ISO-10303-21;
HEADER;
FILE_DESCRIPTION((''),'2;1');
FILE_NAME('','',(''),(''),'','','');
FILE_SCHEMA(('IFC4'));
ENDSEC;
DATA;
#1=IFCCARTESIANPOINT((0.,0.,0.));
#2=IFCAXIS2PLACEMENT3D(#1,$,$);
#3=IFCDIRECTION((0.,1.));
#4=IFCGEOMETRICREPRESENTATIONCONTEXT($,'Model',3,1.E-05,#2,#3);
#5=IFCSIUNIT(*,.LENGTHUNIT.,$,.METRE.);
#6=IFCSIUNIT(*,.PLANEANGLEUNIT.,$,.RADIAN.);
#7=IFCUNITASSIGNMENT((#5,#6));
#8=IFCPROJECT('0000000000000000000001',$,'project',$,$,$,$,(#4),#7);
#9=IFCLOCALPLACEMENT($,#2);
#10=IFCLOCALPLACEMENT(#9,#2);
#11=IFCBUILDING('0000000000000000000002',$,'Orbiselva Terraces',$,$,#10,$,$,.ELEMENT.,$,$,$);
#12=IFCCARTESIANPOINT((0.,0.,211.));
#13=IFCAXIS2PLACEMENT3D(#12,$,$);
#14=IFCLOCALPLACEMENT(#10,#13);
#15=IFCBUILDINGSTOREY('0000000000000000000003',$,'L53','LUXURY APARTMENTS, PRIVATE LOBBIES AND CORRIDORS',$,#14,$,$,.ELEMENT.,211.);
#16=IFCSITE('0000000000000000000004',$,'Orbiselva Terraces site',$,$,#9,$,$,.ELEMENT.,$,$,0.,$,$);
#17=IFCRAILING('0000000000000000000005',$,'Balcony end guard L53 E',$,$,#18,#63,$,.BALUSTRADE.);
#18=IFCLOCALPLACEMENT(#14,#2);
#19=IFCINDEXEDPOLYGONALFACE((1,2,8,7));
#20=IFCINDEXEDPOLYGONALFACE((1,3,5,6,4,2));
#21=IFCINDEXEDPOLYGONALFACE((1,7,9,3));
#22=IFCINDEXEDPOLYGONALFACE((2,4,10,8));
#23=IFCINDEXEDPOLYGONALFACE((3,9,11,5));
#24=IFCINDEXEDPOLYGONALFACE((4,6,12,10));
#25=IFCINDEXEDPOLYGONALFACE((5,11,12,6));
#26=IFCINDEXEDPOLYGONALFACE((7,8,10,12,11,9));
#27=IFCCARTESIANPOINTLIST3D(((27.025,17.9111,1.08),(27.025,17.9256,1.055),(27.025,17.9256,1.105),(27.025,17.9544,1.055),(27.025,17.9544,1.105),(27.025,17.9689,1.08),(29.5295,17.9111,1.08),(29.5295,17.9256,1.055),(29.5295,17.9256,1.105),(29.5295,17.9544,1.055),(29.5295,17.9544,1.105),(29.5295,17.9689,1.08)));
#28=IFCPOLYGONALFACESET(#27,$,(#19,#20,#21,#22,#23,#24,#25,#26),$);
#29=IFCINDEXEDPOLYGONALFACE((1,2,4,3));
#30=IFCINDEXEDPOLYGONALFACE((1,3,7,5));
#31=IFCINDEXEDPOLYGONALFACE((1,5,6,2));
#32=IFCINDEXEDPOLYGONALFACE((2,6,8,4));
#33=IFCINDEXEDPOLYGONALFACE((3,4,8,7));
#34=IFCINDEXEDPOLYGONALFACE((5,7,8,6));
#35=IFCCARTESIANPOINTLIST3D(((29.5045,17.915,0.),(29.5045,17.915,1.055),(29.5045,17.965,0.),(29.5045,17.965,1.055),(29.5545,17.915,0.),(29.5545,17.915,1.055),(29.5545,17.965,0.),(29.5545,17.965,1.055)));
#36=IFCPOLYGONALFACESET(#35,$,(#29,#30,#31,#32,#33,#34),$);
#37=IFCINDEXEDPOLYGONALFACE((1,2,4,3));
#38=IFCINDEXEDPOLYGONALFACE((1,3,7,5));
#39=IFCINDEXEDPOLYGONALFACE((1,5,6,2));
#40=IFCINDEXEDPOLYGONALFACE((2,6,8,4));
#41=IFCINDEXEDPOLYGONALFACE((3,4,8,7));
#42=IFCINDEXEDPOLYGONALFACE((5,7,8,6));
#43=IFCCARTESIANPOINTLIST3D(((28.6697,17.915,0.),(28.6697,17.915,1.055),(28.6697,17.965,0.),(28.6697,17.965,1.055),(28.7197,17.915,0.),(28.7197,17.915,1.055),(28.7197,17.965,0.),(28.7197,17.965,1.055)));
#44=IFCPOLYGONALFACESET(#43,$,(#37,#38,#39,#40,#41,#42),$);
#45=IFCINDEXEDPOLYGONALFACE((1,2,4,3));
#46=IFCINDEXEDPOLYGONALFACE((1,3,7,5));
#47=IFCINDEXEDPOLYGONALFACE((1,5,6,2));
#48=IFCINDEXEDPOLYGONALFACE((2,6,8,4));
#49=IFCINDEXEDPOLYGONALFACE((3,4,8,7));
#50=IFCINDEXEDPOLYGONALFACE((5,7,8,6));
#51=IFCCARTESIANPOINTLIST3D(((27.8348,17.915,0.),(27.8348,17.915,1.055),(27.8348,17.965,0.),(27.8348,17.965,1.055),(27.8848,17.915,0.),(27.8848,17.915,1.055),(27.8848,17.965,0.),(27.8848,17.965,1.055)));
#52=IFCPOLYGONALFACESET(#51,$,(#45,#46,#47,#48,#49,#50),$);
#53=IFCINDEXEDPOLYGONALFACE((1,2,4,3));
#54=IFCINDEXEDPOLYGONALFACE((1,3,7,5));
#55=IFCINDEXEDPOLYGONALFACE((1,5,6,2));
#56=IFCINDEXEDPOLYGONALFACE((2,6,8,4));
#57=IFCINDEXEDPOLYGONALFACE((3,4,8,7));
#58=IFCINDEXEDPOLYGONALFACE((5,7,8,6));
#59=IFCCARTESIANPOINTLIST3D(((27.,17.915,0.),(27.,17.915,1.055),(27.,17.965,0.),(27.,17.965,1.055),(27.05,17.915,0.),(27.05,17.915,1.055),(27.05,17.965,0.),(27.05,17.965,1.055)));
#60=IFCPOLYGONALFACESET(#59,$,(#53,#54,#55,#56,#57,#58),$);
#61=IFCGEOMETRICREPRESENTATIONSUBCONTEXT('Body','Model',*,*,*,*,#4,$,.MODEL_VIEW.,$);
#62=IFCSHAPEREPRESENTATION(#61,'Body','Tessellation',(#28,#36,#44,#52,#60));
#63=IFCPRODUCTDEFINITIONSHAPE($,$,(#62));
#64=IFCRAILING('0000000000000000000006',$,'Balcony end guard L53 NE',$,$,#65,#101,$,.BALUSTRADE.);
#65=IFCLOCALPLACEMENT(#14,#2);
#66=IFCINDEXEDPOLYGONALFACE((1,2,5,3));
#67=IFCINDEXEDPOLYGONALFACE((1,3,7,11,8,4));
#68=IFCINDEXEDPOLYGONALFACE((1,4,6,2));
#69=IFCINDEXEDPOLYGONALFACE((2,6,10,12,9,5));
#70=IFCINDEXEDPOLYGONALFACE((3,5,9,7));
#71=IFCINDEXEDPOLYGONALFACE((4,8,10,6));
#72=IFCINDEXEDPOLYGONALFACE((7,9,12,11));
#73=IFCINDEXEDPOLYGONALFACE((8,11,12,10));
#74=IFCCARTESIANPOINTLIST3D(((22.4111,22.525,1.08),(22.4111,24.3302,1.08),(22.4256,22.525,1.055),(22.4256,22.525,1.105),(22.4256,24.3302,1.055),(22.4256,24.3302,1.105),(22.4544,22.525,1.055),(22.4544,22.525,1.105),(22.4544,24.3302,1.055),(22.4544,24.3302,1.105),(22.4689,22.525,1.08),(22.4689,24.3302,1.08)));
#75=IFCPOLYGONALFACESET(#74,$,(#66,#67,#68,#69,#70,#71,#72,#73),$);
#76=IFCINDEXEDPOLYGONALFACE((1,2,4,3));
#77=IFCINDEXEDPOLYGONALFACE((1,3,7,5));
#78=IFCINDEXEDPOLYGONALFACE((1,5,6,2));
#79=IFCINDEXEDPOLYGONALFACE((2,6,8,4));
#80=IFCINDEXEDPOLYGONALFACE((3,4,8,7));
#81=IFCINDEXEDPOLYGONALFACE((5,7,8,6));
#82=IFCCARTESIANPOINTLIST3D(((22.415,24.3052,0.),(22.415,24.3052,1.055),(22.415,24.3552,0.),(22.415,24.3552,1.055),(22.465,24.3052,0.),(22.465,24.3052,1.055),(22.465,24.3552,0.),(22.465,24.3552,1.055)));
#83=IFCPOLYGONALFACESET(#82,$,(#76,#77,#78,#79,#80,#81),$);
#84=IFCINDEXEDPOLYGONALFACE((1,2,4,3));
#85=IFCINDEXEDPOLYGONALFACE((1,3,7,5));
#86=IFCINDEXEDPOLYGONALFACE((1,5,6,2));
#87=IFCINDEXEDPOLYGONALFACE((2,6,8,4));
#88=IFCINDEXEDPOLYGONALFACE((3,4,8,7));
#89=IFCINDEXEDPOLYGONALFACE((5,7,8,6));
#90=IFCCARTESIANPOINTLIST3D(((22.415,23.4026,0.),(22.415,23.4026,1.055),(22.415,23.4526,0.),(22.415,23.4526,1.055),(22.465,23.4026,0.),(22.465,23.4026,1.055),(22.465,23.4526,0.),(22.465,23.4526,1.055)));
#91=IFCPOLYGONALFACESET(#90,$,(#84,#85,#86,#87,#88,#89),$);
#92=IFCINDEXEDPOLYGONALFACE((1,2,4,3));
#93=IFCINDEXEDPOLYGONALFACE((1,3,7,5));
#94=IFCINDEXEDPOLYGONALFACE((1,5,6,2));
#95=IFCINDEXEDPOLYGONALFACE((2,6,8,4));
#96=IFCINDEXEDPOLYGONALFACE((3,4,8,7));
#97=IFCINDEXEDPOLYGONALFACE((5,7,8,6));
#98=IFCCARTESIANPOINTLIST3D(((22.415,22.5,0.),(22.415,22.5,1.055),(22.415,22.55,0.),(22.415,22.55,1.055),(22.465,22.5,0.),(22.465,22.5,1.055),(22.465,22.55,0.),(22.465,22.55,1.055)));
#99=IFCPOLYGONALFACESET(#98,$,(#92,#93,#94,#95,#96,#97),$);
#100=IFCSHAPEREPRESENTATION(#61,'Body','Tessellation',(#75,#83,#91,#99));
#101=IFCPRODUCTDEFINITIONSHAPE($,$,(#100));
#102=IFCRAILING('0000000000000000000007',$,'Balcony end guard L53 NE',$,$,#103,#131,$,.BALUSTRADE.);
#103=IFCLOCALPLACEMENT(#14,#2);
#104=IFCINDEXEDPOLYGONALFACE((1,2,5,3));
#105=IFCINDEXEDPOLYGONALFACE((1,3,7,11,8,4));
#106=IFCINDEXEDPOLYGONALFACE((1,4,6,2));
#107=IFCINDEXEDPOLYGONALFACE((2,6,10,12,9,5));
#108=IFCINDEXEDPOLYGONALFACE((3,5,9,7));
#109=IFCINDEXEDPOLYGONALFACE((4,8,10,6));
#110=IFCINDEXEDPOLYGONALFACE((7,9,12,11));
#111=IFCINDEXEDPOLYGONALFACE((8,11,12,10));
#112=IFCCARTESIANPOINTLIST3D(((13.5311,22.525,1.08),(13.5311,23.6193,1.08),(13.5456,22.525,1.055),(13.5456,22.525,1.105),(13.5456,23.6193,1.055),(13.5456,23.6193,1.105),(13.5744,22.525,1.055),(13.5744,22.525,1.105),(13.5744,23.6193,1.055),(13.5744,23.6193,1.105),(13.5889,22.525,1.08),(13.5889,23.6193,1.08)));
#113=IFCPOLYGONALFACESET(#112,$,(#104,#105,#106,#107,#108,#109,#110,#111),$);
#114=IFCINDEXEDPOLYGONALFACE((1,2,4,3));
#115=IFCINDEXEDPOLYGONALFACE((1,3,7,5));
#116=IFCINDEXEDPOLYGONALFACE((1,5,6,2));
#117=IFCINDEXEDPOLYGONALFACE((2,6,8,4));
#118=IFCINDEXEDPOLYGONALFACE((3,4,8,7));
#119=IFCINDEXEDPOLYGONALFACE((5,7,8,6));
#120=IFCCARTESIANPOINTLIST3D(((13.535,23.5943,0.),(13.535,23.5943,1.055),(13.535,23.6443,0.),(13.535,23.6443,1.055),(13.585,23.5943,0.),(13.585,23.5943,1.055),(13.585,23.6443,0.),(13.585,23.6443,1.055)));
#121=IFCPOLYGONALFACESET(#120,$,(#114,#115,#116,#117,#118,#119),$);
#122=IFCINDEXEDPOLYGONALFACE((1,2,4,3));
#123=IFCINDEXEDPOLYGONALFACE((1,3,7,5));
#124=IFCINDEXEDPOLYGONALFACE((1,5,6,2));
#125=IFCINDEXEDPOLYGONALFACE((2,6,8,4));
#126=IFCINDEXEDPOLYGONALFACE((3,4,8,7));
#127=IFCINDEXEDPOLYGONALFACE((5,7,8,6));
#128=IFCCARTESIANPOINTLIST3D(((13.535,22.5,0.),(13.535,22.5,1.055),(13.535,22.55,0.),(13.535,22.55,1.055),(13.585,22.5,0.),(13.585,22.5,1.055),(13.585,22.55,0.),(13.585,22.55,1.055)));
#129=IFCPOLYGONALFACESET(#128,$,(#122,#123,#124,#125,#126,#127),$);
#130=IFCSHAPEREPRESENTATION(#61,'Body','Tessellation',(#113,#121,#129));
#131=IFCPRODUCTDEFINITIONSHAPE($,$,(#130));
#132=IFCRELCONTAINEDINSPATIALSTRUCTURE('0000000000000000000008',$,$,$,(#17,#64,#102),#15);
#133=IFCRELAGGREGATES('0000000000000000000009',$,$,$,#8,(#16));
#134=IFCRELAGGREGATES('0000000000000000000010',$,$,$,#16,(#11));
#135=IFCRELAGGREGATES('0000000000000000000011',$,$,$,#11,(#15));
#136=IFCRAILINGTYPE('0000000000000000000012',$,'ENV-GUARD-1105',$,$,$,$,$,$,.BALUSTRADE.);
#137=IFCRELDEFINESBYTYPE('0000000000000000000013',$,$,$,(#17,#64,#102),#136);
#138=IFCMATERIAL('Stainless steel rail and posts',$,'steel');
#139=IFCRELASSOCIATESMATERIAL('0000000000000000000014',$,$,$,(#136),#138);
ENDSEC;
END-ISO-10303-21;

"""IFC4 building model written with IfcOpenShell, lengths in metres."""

from ifc_helpers import new_model, si_unit, direction, frame, origin, origin_2d, place, context, subcontext, project, spatial, polyline, rectangle, outline, extrude, material, type_object, element, save


model = new_model("IFC4")

# Units and contexts
model_context = context("Model", 3, precision=1e-05, world=origin(), true_north=direction((0.0, 1.0)))
body_context = subcontext(model_context, "Body", "Model", "MODEL_VIEW")
ifc_project = project(units=[si_unit("LENGTHUNIT", "METRE"), si_unit("PLANEANGLEUNIT", "RADIAN")], contexts=[model_context])

# Site, building, storey
site_placement = place(None, origin())
site = spatial("IfcSite", under=ifc_project, at=site_placement, Name="Orbiselva Terraces site", CompositionType="ELEMENT", RefElevation=0.0)
building_placement = place(site_placement, origin())
building = spatial("IfcBuilding", under=site, at=building_placement, Name="Orbiselva Terraces", CompositionType="ELEMENT")
storey_placement = place(building_placement, frame((0.0, 0.0, 211.0)))
storey = spatial("IfcBuildingStorey", under=building, at=storey_placement, Name="L53", Description="LUXURY APARTMENTS, PRIVATE LOBBIES AND CORRIDORS", CompositionType="ELEMENT", Elevation=211.0)

# Railings
ifc_material_1 = material(Name="Stainless steel rail and posts", Category="steel")
railing_type_1 = type_object("IfcRailingType", Name="ENV-GUARD-1105", PredefinedType="BALUSTRADE", material=ifc_material_1)
railing_1_placement = place(storey_placement, frame((29.5295, 17.94, 0.0)))
element("IfcRailing", 1, at=railing_1_placement, inside=storey, type_object=railing_type_1, Name="Balcony end guard L53 E", PredefinedType="BALUSTRADE", context=body_context, shape_type="SweptSolid", body=[
    extrude(outline(polyline([(0.0289, 0.0), (0.0144, 0.025), (-0.0144, 0.025), (-0.0289, 0.0), (-0.0144, -0.025), (0.0144, -0.025), (0.0289, 0.0)])), frame((0.0, 0.0, 1.08), z_axis=(-1.0, 0.0, 0.0), x_axis=(0.0, -1.0, 0.0)), (0.0, 0.0, 1.0), 2.5045),
    extrude(rectangle(XDim=0.05, YDim=0.05, at=origin_2d()), origin(), (0.0, 0.0, 1.0), 1.055),
    extrude(rectangle(XDim=0.05, YDim=0.05, at=origin_2d()), frame((-0.8348, 0.0, 0.0)), (0.0, 0.0, 1.0), 1.055),
    extrude(rectangle(XDim=0.05, YDim=0.05, at=origin_2d()), frame((-1.6697, 0.0, 0.0)), (0.0, 0.0, 1.0), 1.055),
    extrude(rectangle(XDim=0.05, YDim=0.05, at=origin_2d()), frame((-2.5045, 0.0, 0.0)), (0.0, 0.0, 1.0), 1.055),
])
railing_2_placement = place(storey_placement, frame((22.44, 24.3302, 0.0)))
element("IfcRailing", 2, at=railing_2_placement, inside=storey, type_object=railing_type_1, Name="Balcony end guard L53 NE", PredefinedType="BALUSTRADE", context=body_context, shape_type="SweptSolid", body=[
    extrude(outline(polyline([(0.0289, 0.0), (0.0144, 0.025), (-0.0144, 0.025), (-0.0289, 0.0), (-0.0144, -0.025), (0.0144, -0.025), (0.0289, 0.0)])), frame((0.0, 0.0, 1.08), z_axis=(0.0, -1.0, 0.0), x_axis=(1.0, 0.0, 0.0)), (0.0, 0.0, 1.0), 1.8052),
    extrude(rectangle(XDim=0.05, YDim=0.05, at=origin_2d()), origin(), (0.0, 0.0, 1.0), 1.055),
    extrude(rectangle(XDim=0.05, YDim=0.05, at=origin_2d()), frame((0.0, -0.9026, 0.0)), (0.0, 0.0, 1.0), 1.055),
    extrude(rectangle(XDim=0.05, YDim=0.05, at=origin_2d()), frame((0.0, -1.8052, 0.0)), (0.0, 0.0, 1.0), 1.055),
])
railing_3_placement = place(storey_placement, frame((13.56, 23.6193, 0.0)))
element("IfcRailing", 3, at=railing_3_placement, inside=storey, type_object=railing_type_1, Name="Balcony end guard L53 NE", PredefinedType="BALUSTRADE", context=body_context, shape_type="SweptSolid", body=[
    extrude(outline(polyline([(0.0289, 0.0), (0.0144, 0.025), (-0.0144, 0.025), (-0.0289, 0.0), (-0.0144, -0.025), (0.0144, -0.025), (0.0289, 0.0)])), frame((0.0, 0.0, 1.08), z_axis=(0.0, -1.0, 0.0), x_axis=(1.0, 0.0, 0.0)), (0.0, 0.0, 1.0), 1.0943),
    extrude(rectangle(XDim=0.05, YDim=0.05, at=origin_2d()), origin(), (0.0, 0.0, 1.0), 1.055),
    extrude(rectangle(XDim=0.05, YDim=0.05, at=origin_2d()), frame((0.0, -1.0943, 0.0)), (0.0, 0.0, 1.0), 1.055),
])

save(model, "model.ifc")
